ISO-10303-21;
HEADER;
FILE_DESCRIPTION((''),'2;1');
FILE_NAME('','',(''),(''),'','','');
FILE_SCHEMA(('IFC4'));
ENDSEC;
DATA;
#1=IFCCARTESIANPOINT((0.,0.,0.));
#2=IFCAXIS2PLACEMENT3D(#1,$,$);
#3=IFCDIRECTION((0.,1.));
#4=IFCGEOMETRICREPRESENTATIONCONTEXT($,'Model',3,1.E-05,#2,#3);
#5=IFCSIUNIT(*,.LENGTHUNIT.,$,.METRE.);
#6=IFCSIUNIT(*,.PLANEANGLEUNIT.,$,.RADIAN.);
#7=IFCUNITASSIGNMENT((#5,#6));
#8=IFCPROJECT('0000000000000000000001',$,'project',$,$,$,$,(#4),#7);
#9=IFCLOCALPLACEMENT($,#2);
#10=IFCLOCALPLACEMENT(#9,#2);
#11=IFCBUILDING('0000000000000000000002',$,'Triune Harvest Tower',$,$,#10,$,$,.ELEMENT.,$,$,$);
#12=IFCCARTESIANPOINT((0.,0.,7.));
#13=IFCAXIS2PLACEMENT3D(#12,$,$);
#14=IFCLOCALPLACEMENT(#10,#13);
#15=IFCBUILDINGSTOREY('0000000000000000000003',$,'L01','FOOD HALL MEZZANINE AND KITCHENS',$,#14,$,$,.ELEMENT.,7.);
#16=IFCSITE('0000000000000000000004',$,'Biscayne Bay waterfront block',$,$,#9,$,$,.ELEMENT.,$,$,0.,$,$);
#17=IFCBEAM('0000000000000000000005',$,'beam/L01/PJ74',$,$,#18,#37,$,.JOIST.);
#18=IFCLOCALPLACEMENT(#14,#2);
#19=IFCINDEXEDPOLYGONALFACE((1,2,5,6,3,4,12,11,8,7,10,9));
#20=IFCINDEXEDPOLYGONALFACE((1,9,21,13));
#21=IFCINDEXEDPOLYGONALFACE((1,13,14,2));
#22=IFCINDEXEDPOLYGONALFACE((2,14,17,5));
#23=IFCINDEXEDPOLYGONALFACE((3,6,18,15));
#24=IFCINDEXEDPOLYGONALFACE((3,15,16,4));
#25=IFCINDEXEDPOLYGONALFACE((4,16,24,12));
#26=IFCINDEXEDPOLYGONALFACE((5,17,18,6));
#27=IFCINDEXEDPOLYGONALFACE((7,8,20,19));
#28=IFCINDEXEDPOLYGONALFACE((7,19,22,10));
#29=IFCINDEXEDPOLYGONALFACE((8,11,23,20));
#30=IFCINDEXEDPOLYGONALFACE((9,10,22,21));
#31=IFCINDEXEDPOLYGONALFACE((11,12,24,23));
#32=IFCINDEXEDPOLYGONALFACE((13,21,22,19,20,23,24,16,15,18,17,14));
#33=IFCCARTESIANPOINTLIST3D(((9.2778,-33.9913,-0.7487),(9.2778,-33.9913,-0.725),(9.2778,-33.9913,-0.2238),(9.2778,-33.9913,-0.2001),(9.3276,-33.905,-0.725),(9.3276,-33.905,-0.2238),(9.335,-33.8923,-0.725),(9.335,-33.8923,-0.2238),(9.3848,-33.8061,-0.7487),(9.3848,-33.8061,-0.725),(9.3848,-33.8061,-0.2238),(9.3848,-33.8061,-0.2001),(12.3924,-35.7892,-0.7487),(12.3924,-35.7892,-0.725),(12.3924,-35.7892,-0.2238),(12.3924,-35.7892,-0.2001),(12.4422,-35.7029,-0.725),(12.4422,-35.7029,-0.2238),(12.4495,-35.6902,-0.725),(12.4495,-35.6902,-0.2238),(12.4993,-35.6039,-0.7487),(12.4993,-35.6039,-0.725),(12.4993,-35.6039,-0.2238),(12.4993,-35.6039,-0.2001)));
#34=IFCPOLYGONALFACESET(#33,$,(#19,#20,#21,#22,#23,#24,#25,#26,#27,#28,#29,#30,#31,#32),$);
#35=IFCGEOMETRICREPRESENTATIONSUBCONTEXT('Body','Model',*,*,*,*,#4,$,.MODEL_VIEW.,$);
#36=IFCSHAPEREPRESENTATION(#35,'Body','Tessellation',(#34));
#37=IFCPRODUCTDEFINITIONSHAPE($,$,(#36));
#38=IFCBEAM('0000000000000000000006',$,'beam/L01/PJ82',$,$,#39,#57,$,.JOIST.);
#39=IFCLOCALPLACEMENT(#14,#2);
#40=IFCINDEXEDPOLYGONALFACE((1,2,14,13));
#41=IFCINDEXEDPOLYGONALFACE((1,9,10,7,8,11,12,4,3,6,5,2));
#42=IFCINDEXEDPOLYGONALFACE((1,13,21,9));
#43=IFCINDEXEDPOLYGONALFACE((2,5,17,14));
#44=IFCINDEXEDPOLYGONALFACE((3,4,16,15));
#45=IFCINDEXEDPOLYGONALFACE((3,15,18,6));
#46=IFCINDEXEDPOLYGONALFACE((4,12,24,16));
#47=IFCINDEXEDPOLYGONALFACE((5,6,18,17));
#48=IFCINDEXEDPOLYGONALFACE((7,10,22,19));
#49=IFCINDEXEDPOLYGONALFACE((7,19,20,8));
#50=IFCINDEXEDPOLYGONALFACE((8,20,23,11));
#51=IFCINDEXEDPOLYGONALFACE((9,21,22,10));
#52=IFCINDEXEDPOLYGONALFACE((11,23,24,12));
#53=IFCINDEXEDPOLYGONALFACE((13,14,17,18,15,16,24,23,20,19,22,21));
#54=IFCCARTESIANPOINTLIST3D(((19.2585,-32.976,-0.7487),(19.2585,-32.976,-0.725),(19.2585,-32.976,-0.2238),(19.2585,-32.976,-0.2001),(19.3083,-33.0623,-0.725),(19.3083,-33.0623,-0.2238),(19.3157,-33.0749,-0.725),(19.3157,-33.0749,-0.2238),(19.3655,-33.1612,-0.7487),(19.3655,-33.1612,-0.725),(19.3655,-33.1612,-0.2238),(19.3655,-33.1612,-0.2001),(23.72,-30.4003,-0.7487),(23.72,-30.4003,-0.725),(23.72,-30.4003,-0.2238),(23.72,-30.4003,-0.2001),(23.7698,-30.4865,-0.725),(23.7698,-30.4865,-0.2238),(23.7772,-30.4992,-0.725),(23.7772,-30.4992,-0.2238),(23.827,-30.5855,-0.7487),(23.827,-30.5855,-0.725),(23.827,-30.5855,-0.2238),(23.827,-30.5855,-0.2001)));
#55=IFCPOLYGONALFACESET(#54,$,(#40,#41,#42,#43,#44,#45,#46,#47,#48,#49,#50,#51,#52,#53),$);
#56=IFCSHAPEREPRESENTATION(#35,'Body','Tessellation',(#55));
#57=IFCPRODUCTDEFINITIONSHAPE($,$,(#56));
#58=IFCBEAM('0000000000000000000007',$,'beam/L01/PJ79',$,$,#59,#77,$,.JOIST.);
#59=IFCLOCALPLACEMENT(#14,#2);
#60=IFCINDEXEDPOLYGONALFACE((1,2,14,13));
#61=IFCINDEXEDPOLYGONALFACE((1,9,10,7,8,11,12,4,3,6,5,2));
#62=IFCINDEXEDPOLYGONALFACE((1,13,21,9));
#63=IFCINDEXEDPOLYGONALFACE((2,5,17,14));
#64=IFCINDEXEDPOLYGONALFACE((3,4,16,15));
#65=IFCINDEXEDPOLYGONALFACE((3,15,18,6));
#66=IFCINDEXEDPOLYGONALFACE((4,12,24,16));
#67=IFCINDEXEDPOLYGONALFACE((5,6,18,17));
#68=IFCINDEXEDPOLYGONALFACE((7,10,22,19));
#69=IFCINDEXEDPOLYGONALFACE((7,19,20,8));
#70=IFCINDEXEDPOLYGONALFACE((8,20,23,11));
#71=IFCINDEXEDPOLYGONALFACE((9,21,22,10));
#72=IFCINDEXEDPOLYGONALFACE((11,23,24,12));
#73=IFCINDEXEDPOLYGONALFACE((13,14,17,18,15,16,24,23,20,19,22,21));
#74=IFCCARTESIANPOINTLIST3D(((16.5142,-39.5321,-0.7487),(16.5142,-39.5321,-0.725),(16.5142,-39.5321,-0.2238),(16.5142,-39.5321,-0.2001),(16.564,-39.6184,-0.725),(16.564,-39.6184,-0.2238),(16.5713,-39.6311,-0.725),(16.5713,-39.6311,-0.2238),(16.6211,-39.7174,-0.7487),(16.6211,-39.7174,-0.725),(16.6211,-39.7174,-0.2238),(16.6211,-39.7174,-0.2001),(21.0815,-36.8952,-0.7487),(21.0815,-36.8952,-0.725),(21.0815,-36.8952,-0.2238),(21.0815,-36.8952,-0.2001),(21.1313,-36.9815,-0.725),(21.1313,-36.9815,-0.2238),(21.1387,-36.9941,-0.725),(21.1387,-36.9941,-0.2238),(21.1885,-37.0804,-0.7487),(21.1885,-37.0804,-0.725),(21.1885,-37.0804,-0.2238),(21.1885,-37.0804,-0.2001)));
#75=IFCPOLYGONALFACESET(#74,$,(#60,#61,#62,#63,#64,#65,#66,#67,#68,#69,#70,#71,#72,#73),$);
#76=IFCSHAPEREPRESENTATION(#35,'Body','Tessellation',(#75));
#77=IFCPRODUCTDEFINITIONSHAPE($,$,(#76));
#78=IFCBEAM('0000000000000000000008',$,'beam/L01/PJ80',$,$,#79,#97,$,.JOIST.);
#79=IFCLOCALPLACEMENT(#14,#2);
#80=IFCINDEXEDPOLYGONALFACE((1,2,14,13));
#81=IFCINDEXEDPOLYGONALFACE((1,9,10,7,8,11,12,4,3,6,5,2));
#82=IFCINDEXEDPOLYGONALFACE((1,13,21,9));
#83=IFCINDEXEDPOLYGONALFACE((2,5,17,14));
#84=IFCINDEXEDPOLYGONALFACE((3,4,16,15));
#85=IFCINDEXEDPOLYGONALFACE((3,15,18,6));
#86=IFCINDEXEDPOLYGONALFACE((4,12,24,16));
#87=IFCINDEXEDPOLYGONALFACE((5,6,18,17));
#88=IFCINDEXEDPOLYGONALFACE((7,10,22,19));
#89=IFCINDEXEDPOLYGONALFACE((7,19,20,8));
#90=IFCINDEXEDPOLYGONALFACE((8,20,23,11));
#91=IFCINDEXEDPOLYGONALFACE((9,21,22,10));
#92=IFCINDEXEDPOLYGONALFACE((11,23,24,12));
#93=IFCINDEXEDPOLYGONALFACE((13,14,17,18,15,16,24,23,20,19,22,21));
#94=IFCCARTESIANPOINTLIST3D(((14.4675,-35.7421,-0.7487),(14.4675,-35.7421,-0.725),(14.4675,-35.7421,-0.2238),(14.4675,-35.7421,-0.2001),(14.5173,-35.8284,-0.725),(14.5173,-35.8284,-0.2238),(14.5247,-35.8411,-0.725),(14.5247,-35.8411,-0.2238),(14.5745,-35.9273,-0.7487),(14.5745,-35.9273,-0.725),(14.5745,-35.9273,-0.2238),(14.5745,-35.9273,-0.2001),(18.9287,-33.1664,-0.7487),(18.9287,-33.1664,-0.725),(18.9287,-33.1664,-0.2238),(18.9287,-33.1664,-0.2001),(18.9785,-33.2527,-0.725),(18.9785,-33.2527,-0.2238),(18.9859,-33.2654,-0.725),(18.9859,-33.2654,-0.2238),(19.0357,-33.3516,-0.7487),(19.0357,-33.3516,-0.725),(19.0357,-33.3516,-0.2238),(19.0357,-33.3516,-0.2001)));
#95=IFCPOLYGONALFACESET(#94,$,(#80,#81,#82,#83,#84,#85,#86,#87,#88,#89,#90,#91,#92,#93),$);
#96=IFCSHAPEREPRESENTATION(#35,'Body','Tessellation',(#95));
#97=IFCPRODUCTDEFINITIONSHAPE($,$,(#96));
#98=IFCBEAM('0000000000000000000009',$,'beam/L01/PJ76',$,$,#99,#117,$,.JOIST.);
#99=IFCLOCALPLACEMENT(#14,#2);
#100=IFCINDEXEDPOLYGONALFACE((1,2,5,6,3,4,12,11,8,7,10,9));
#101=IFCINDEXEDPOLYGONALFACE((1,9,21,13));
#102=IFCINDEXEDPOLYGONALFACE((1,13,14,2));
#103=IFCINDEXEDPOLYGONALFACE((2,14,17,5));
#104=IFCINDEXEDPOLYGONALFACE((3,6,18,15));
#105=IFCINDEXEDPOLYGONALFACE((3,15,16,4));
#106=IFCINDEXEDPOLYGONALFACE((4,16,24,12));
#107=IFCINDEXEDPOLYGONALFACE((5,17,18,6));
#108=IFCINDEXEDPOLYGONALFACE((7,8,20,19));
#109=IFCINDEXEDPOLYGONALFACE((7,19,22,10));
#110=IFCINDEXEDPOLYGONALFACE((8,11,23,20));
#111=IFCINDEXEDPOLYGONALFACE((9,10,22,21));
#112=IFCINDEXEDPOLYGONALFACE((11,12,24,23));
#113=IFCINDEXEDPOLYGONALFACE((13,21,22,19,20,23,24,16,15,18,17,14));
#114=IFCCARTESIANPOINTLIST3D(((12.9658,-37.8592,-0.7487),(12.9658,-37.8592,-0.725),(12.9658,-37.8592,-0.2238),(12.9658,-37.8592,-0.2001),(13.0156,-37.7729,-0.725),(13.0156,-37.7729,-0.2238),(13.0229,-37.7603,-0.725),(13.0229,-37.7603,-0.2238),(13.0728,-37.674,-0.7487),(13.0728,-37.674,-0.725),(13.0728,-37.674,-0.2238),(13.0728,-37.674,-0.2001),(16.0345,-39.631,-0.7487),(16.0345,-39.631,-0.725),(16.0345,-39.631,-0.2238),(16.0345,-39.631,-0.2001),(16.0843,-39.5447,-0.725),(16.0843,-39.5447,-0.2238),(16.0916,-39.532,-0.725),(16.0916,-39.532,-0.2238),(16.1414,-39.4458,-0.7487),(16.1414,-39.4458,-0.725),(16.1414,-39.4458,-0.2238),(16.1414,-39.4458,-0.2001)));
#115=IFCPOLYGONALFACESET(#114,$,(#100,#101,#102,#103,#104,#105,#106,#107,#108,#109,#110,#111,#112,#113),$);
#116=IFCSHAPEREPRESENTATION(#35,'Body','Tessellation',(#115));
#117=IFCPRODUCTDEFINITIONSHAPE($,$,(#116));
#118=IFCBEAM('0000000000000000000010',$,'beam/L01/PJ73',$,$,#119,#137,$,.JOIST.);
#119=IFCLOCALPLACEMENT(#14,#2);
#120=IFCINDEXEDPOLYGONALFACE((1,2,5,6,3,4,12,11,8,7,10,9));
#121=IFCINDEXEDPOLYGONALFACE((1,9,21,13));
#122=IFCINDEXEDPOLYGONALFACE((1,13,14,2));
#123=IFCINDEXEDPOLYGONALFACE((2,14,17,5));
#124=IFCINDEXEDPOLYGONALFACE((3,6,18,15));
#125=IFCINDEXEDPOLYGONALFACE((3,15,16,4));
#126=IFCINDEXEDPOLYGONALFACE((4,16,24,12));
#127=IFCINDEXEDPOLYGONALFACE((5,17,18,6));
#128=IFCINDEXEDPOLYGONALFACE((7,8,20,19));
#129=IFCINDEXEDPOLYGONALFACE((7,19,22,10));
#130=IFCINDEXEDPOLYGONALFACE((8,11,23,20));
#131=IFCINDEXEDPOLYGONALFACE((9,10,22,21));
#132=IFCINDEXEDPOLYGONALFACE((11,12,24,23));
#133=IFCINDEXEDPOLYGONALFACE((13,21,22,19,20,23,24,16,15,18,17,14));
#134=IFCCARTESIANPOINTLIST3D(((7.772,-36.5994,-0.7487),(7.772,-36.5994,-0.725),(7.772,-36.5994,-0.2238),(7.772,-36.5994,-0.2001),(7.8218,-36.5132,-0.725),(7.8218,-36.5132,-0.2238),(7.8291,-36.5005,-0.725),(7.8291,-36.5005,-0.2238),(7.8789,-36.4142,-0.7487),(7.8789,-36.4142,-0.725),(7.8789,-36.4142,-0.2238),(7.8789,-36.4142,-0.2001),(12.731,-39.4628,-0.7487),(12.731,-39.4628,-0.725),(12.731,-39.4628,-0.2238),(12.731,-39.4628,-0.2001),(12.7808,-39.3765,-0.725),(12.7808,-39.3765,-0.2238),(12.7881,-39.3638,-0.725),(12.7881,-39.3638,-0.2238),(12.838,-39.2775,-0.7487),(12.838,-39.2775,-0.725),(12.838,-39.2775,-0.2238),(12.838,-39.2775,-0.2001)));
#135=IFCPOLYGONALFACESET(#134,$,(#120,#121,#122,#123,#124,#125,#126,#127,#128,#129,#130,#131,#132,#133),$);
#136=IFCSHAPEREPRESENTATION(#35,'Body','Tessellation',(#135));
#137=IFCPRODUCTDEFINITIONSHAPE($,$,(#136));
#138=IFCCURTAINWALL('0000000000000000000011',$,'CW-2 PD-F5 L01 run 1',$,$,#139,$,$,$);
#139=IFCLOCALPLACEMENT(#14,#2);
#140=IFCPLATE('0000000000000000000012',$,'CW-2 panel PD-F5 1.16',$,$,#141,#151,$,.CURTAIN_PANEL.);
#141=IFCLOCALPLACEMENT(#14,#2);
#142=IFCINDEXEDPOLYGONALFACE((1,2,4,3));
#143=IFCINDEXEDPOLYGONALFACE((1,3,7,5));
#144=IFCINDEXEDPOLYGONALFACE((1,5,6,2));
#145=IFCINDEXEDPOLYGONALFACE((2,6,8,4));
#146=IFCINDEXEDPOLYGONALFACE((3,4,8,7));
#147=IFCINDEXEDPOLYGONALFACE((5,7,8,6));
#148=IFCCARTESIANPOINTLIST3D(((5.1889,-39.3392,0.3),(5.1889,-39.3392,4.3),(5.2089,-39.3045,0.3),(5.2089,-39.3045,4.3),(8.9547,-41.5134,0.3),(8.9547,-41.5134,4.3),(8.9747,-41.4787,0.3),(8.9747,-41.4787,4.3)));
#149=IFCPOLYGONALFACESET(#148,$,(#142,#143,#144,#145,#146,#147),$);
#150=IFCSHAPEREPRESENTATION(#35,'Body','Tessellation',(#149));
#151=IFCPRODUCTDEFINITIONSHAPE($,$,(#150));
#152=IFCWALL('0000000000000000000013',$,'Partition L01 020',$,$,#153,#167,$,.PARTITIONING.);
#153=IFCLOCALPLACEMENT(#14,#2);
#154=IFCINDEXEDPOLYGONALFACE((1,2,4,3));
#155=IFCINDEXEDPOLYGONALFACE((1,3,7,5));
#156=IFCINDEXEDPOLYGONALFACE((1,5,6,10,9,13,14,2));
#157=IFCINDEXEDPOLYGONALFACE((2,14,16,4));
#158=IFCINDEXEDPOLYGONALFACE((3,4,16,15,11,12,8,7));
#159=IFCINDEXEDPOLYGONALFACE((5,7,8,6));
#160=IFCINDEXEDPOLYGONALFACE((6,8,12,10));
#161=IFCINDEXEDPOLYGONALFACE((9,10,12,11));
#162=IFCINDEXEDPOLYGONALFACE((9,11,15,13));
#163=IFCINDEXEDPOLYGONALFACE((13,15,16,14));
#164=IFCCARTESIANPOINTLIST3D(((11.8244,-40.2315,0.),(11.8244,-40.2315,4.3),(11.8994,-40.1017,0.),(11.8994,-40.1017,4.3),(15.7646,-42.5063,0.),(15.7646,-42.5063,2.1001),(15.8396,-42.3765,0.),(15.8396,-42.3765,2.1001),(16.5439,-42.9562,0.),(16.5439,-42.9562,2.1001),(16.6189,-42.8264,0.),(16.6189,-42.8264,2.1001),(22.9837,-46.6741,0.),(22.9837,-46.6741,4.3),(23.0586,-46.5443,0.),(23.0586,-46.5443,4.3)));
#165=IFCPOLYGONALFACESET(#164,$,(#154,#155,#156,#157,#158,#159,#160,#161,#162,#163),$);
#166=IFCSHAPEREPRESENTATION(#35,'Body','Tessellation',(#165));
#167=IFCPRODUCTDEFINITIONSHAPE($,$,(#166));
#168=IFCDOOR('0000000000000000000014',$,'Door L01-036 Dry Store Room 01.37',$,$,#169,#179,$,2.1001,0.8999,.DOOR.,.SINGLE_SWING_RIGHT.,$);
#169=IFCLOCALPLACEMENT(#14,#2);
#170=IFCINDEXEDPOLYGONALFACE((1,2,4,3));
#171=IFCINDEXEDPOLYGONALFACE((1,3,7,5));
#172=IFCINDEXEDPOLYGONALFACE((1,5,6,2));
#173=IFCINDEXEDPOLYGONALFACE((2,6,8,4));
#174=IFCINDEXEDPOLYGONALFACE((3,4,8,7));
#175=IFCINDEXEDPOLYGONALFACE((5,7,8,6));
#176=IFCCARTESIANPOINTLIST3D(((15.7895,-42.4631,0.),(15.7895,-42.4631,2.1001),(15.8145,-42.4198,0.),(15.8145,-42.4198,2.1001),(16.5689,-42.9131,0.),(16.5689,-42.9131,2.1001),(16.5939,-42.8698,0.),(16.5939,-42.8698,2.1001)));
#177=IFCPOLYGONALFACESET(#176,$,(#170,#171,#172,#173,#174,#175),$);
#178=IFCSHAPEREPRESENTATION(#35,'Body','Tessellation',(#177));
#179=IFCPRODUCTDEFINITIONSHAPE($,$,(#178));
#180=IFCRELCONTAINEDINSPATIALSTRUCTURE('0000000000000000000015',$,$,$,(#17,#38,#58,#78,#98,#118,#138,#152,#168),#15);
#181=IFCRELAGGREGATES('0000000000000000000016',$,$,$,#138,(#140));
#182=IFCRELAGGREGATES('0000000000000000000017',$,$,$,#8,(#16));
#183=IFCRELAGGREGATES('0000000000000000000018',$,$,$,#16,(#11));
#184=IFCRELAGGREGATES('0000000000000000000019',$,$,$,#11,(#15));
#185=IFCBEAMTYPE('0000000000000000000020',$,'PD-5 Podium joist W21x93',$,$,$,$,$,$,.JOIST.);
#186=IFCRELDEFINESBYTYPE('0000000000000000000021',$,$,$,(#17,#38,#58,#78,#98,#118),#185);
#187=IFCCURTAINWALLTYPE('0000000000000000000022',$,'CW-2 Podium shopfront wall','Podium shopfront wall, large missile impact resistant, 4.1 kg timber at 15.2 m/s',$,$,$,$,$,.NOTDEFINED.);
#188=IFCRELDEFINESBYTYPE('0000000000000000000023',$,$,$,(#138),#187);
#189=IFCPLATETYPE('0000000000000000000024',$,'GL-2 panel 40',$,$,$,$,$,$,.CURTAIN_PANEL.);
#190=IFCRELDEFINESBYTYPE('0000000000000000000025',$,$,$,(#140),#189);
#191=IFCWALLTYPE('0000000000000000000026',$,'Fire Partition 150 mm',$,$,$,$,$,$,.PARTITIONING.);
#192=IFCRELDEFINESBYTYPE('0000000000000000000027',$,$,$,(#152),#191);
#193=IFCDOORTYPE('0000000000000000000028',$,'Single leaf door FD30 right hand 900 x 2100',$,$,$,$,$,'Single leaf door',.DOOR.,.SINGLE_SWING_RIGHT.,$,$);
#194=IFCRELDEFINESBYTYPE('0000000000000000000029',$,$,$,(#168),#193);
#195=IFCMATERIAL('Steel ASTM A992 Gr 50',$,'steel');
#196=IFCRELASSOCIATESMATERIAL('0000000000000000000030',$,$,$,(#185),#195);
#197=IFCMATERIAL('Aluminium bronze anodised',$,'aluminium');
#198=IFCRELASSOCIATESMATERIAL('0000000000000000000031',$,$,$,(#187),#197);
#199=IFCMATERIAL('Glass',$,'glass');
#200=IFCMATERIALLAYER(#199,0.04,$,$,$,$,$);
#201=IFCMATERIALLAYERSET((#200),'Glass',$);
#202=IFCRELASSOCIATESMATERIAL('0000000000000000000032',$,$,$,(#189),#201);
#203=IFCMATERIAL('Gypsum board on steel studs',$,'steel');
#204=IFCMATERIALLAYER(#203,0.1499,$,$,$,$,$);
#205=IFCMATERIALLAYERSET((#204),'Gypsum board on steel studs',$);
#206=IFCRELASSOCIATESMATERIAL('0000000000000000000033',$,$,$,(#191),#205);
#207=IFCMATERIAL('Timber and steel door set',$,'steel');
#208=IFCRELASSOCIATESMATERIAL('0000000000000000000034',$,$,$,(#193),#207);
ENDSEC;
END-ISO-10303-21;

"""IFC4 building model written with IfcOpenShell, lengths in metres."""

from ifc_helpers import new_model, si_unit, direction, frame, frame_2d, origin, origin_2d, place, context, subcontext, project, spatial, rectangle, i_section, extrude, source, transform, mapped, material, layer, layer_set, material_profile, profile_set, type_object, element, fill, aggregate, save


model = new_model("IFC4")

# Units and contexts
model_context = context("Model", 3, precision=1e-05, world=origin(), true_north=direction((0.0, 1.0)))
body_context = subcontext(model_context, "Body", "Model", "MODEL_VIEW")
ifc_project = project(units=[si_unit("LENGTHUNIT", "METRE"), si_unit("PLANEANGLEUNIT", "RADIAN")], contexts=[model_context])

# Site, building, storey
site_placement = place(None, origin())
site = spatial("IfcSite", under=ifc_project, at=site_placement, Name="Biscayne Bay waterfront block", CompositionType="ELEMENT", RefElevation=0.0)
building_placement = place(site_placement, origin())
building = spatial("IfcBuilding", under=site, at=building_placement, Name="Triune Harvest Tower", CompositionType="ELEMENT")
storey_placement = place(building_placement, frame((0.0, 0.0, 7.0)))
storey = spatial("IfcBuildingStorey", under=building, at=storey_placement, Name="L01", Description="FOOD HALL MEZZANINE AND KITCHENS", CompositionType="ELEMENT", Elevation=7.0)

# Beams
ifc_material_1 = material(Name="Steel ASTM A992 Gr 50", Category="steel")
ifc_material_profile_1 = material_profile(ifc_material_1, i_section(OverallWidth=0.2139, OverallDepth=0.5486, WebThickness=0.0146, FlangeThickness=0.0237, at=origin_2d()), Name="W21x93")
ifc_profile_set_1 = profile_set([ifc_material_profile_1], Name="Steel ASTM A992 Gr 50")
beam_type_1 = type_object("IfcBeamType", Name="PD-5 Podium joist W21x93", PredefinedType="JOIST", material=ifc_profile_set_1)
shared_shape_1 = source(origin(), body_context, "Body", "SweptSolid", [
    extrude(i_section(OverallWidth=0.2139, OverallDepth=0.5486, WebThickness=0.0146, FlangeThickness=0.0237, at=origin_2d()), origin(), (0.0, 0.0, 1.0), 3.5962),
])
beam_1_placement = place(storey_placement, frame((9.3313, -33.8987, -0.4744), z_axis=(0.866062, -0.499936, 0.0), x_axis=(0.499936, 0.866062, 0.0)))
element("IfcBeam", 1, at=beam_1_placement, inside=storey, type_object=beam_type_1, Name="beam/L01/PJ74", PredefinedType="JOIST", context=body_context, shape_type="MappedRepresentation", body=[
    mapped(shared_shape_1, transform((0.0, 0.0, 0.0), scale=1.0)),
])
shared_shape_2 = source(origin(), body_context, "Body", "SweptSolid", [
    extrude(i_section(OverallWidth=0.2139, OverallDepth=0.5486, WebThickness=0.0146, FlangeThickness=0.0237, at=origin_2d()), origin(), (0.0, 0.0, 1.0), 5.1516),
])
beam_2_placement = place(storey_placement, frame((19.312, -33.0686, -0.4744), z_axis=(0.866036, 0.499982, 0.0), x_axis=(-0.499982, 0.866036, 0.0)))
element("IfcBeam", 2, at=beam_2_placement, inside=storey, type_object=beam_type_1, Name="beam/L01/PJ82", PredefinedType="JOIST", context=body_context, shape_type="MappedRepresentation", body=[
    mapped(shared_shape_2, transform((0.0, 0.0, 0.0), scale=1.0)),
])
shared_shape_3 = source(origin(), body_context, "Body", "SweptSolid", [
    extrude(i_section(OverallWidth=0.2139, OverallDepth=0.5486, WebThickness=0.0146, FlangeThickness=0.0237, at=origin_2d()), origin(), (0.0, 0.0, 1.0), 5.2739),
])
beam_3_placement = place(storey_placement, frame((16.5676, -39.6248, -0.4744), z_axis=(0.866027, 0.499998, 0.0), x_axis=(-0.499998, 0.866027, 0.0)))
element("IfcBeam", 3, at=beam_3_placement, inside=storey, type_object=beam_type_1, Name="beam/L01/PJ79", PredefinedType="JOIST", context=body_context, shape_type="MappedRepresentation", body=[
    mapped(shared_shape_3, transform((0.0, 0.0, 0.0), scale=1.0)),
])
shared_shape_4 = source(origin(), body_context, "Body", "SweptSolid", [
    extrude(i_section(OverallWidth=0.2139, OverallDepth=0.5486, WebThickness=0.0146, FlangeThickness=0.0237, at=origin_2d()), origin(), (0.0, 0.0, 1.0), 5.1514),
])
beam_4_placement = place(storey_placement, frame((14.521, -35.8347, -0.4744), z_axis=(0.866024, 0.500003, 0.0), x_axis=(-0.500003, 0.866024, 0.0)))
element("IfcBeam", 4, at=beam_4_placement, inside=storey, type_object=beam_type_1, Name="beam/L01/PJ80", PredefinedType="JOIST", context=body_context, shape_type="MappedRepresentation", body=[
    mapped(shared_shape_4, transform((0.0, 0.0, 0.0), scale=1.0)),
])
shared_shape_5 = source(origin(), body_context, "Body", "SweptSolid", [
    extrude(i_section(OverallWidth=0.2139, OverallDepth=0.5486, WebThickness=0.0146, FlangeThickness=0.0237, at=origin_2d()), origin(), (0.0, 0.0, 1.0), 3.5435),
])
beam_5_placement = place(storey_placement, frame((13.0193, -37.7666, -0.4744), z_axis=(0.866017, -0.500015, 0.0), x_axis=(0.500015, 0.866017, 0.0)))
element("IfcBeam", 5, at=beam_5_placement, inside=storey, type_object=beam_type_1, Name="beam/L01/PJ76", PredefinedType="JOIST", context=body_context, shape_type="MappedRepresentation", body=[
    mapped(shared_shape_5, transform((0.0, 0.0, 0.0), scale=1.0)),
])
shared_shape_6 = source(origin(), body_context, "Body", "SweptSolid", [
    extrude(i_section(OverallWidth=0.2139, OverallDepth=0.5486, WebThickness=0.0146, FlangeThickness=0.0237, at=origin_2d()), origin(), (0.0, 0.0, 1.0), 5.7263),
])
beam_6_placement = place(storey_placement, frame((7.8254, -36.5068, -0.4744), z_axis=(0.86601, -0.500028, 0.0), x_axis=(0.500028, 0.86601, 0.0)))
element("IfcBeam", 6, at=beam_6_placement, inside=storey, type_object=beam_type_1, Name="beam/L01/PJ73", PredefinedType="JOIST", context=body_context, shape_type="MappedRepresentation", body=[
    mapped(shared_shape_6, transform((0.0, 0.0, 0.0), scale=1.0)),
])

# Curtain wall, plate
ifc_material_2 = material(Name="Aluminium bronze anodised", Category="aluminium")
curtain_wall_type = type_object("IfcCurtainWallType", Name="CW-2 Podium shopfront wall", Description="Podium shopfront wall, large missile impact resistant, 4.1 kg timber at 15.2 m/s", PredefinedType="NOTDEFINED", material=ifc_material_2)
curtain_wall_placement = place(storey_placement, origin())
curtain_wall = element("IfcCurtainWall", 7, at=curtain_wall_placement, inside=storey, type_object=curtain_wall_type, Name="CW-2 PD-F5 L01 run 1")
ifc_material_3 = material(Name="Glass", Category="glass")
ifc_layer_1 = layer(ifc_material_3, 0.04)
ifc_layer_set_1 = layer_set([ifc_layer_1], Name="Glass")
plate_type = type_object("IfcPlateType", Name="GL-2 panel 40", PredefinedType="CURTAIN_PANEL", material=ifc_layer_set_1)
shared_shape_7 = source(origin(), body_context, "Body", "SweptSolid", [
    extrude(rectangle(XDim=4.3484, YDim=0.04, at=origin_2d()), origin(), (0.0, 0.0, 1.0), 4.0),
])
plate_placement = place(storey_placement, frame((7.0818, -40.4089, 0.3), z_axis=(0.0, 0.0, 1.0), x_axis=(0.866025, -0.5, 0.0)))
plate = element("IfcPlate", 8, at=plate_placement, type_object=plate_type, Name="CW-2 panel PD-F5 1.16", PredefinedType="CURTAIN_PANEL", context=body_context, shape_type="MappedRepresentation", body=[
    mapped(shared_shape_7, transform((0.0, 0.0, 0.0), scale=1.0)),
])
aggregate(curtain_wall, [plate])

# Wall, opening, door
ifc_material_4 = material(Name="Gypsum board on steel studs", Category="steel")
ifc_layer_2 = layer(ifc_material_4, 0.1499)
ifc_layer_set_2 = layer_set([ifc_layer_2], Name="Gypsum board on steel studs")
wall_type_1 = type_object("IfcWallType", Name="Fire Partition 150 mm", PredefinedType="PARTITIONING", material=ifc_layer_set_2)
wall_1_placement = place(storey_placement, frame((11.8618, -40.1665, 0.0), z_axis=(0.0, 0.0, 1.0), x_axis=(0.86603, -0.499993, 0.0)))
wall_1 = element("IfcWall", 9, at=wall_1_placement, inside=storey, type_object=wall_type_1, Name="Partition L01 020", PredefinedType="PARTITIONING", context=body_context, shape_type="SweptSolid", body=[
    extrude(rectangle(XDim=12.8855, YDim=0.1499, at=frame_2d((6.4429, 0.0))), origin(), (0.0, 0.0, 1.0), 4.3),
])
opening_placement = place(wall_1_placement, frame((4.5498, 0.0, 0.0)))
opening = element("IfcOpeningElement", 10, at=opening_placement, cuts=wall_1, PredefinedType="OPENING", context=body_context, shape_type="SweptSolid", body=[
    extrude(rectangle(XDim=0.8999, YDim=2.1001, at=frame_2d((0.45, 1.05))), frame((0.0, 0.085, 0.0), z_axis=(0.0, -1.0, 0.0), x_axis=(1.0, 0.0, 0.0)), (0.0, 0.0, 1.0), 0.1699),
])
ifc_material_5 = material(Name="Timber and steel door set", Category="steel")
door_type = type_object("IfcDoorType", Name="Single leaf door FD30 right hand 900 x 2100", ElementType="Single leaf door", OperationType="SINGLE_SWING_RIGHT", PredefinedType="DOOR", material=ifc_material_5)
door_placement = place(opening_placement, origin())
door = element("IfcDoor", 11, at=door_placement, inside=storey, type_object=door_type, Name="Door L01-036 Dry Store Room 01.37", OperationType="SINGLE_SWING_RIGHT", OverallHeight=2.1001, OverallWidth=0.8999, PredefinedType="DOOR", context=body_context, shape_type="SweptSolid", body=[
    extrude(rectangle(XDim=0.8999, YDim=2.1001, at=frame_2d((0.45, 1.05))), frame((0.0, 0.0249, 0.0), z_axis=(0.0, -1.0, 0.0), x_axis=(1.0, 0.0, 0.0)), (0.0, 0.0, 1.0), 0.05),
])
fill(opening, door)

save(model, "model.ifc")
